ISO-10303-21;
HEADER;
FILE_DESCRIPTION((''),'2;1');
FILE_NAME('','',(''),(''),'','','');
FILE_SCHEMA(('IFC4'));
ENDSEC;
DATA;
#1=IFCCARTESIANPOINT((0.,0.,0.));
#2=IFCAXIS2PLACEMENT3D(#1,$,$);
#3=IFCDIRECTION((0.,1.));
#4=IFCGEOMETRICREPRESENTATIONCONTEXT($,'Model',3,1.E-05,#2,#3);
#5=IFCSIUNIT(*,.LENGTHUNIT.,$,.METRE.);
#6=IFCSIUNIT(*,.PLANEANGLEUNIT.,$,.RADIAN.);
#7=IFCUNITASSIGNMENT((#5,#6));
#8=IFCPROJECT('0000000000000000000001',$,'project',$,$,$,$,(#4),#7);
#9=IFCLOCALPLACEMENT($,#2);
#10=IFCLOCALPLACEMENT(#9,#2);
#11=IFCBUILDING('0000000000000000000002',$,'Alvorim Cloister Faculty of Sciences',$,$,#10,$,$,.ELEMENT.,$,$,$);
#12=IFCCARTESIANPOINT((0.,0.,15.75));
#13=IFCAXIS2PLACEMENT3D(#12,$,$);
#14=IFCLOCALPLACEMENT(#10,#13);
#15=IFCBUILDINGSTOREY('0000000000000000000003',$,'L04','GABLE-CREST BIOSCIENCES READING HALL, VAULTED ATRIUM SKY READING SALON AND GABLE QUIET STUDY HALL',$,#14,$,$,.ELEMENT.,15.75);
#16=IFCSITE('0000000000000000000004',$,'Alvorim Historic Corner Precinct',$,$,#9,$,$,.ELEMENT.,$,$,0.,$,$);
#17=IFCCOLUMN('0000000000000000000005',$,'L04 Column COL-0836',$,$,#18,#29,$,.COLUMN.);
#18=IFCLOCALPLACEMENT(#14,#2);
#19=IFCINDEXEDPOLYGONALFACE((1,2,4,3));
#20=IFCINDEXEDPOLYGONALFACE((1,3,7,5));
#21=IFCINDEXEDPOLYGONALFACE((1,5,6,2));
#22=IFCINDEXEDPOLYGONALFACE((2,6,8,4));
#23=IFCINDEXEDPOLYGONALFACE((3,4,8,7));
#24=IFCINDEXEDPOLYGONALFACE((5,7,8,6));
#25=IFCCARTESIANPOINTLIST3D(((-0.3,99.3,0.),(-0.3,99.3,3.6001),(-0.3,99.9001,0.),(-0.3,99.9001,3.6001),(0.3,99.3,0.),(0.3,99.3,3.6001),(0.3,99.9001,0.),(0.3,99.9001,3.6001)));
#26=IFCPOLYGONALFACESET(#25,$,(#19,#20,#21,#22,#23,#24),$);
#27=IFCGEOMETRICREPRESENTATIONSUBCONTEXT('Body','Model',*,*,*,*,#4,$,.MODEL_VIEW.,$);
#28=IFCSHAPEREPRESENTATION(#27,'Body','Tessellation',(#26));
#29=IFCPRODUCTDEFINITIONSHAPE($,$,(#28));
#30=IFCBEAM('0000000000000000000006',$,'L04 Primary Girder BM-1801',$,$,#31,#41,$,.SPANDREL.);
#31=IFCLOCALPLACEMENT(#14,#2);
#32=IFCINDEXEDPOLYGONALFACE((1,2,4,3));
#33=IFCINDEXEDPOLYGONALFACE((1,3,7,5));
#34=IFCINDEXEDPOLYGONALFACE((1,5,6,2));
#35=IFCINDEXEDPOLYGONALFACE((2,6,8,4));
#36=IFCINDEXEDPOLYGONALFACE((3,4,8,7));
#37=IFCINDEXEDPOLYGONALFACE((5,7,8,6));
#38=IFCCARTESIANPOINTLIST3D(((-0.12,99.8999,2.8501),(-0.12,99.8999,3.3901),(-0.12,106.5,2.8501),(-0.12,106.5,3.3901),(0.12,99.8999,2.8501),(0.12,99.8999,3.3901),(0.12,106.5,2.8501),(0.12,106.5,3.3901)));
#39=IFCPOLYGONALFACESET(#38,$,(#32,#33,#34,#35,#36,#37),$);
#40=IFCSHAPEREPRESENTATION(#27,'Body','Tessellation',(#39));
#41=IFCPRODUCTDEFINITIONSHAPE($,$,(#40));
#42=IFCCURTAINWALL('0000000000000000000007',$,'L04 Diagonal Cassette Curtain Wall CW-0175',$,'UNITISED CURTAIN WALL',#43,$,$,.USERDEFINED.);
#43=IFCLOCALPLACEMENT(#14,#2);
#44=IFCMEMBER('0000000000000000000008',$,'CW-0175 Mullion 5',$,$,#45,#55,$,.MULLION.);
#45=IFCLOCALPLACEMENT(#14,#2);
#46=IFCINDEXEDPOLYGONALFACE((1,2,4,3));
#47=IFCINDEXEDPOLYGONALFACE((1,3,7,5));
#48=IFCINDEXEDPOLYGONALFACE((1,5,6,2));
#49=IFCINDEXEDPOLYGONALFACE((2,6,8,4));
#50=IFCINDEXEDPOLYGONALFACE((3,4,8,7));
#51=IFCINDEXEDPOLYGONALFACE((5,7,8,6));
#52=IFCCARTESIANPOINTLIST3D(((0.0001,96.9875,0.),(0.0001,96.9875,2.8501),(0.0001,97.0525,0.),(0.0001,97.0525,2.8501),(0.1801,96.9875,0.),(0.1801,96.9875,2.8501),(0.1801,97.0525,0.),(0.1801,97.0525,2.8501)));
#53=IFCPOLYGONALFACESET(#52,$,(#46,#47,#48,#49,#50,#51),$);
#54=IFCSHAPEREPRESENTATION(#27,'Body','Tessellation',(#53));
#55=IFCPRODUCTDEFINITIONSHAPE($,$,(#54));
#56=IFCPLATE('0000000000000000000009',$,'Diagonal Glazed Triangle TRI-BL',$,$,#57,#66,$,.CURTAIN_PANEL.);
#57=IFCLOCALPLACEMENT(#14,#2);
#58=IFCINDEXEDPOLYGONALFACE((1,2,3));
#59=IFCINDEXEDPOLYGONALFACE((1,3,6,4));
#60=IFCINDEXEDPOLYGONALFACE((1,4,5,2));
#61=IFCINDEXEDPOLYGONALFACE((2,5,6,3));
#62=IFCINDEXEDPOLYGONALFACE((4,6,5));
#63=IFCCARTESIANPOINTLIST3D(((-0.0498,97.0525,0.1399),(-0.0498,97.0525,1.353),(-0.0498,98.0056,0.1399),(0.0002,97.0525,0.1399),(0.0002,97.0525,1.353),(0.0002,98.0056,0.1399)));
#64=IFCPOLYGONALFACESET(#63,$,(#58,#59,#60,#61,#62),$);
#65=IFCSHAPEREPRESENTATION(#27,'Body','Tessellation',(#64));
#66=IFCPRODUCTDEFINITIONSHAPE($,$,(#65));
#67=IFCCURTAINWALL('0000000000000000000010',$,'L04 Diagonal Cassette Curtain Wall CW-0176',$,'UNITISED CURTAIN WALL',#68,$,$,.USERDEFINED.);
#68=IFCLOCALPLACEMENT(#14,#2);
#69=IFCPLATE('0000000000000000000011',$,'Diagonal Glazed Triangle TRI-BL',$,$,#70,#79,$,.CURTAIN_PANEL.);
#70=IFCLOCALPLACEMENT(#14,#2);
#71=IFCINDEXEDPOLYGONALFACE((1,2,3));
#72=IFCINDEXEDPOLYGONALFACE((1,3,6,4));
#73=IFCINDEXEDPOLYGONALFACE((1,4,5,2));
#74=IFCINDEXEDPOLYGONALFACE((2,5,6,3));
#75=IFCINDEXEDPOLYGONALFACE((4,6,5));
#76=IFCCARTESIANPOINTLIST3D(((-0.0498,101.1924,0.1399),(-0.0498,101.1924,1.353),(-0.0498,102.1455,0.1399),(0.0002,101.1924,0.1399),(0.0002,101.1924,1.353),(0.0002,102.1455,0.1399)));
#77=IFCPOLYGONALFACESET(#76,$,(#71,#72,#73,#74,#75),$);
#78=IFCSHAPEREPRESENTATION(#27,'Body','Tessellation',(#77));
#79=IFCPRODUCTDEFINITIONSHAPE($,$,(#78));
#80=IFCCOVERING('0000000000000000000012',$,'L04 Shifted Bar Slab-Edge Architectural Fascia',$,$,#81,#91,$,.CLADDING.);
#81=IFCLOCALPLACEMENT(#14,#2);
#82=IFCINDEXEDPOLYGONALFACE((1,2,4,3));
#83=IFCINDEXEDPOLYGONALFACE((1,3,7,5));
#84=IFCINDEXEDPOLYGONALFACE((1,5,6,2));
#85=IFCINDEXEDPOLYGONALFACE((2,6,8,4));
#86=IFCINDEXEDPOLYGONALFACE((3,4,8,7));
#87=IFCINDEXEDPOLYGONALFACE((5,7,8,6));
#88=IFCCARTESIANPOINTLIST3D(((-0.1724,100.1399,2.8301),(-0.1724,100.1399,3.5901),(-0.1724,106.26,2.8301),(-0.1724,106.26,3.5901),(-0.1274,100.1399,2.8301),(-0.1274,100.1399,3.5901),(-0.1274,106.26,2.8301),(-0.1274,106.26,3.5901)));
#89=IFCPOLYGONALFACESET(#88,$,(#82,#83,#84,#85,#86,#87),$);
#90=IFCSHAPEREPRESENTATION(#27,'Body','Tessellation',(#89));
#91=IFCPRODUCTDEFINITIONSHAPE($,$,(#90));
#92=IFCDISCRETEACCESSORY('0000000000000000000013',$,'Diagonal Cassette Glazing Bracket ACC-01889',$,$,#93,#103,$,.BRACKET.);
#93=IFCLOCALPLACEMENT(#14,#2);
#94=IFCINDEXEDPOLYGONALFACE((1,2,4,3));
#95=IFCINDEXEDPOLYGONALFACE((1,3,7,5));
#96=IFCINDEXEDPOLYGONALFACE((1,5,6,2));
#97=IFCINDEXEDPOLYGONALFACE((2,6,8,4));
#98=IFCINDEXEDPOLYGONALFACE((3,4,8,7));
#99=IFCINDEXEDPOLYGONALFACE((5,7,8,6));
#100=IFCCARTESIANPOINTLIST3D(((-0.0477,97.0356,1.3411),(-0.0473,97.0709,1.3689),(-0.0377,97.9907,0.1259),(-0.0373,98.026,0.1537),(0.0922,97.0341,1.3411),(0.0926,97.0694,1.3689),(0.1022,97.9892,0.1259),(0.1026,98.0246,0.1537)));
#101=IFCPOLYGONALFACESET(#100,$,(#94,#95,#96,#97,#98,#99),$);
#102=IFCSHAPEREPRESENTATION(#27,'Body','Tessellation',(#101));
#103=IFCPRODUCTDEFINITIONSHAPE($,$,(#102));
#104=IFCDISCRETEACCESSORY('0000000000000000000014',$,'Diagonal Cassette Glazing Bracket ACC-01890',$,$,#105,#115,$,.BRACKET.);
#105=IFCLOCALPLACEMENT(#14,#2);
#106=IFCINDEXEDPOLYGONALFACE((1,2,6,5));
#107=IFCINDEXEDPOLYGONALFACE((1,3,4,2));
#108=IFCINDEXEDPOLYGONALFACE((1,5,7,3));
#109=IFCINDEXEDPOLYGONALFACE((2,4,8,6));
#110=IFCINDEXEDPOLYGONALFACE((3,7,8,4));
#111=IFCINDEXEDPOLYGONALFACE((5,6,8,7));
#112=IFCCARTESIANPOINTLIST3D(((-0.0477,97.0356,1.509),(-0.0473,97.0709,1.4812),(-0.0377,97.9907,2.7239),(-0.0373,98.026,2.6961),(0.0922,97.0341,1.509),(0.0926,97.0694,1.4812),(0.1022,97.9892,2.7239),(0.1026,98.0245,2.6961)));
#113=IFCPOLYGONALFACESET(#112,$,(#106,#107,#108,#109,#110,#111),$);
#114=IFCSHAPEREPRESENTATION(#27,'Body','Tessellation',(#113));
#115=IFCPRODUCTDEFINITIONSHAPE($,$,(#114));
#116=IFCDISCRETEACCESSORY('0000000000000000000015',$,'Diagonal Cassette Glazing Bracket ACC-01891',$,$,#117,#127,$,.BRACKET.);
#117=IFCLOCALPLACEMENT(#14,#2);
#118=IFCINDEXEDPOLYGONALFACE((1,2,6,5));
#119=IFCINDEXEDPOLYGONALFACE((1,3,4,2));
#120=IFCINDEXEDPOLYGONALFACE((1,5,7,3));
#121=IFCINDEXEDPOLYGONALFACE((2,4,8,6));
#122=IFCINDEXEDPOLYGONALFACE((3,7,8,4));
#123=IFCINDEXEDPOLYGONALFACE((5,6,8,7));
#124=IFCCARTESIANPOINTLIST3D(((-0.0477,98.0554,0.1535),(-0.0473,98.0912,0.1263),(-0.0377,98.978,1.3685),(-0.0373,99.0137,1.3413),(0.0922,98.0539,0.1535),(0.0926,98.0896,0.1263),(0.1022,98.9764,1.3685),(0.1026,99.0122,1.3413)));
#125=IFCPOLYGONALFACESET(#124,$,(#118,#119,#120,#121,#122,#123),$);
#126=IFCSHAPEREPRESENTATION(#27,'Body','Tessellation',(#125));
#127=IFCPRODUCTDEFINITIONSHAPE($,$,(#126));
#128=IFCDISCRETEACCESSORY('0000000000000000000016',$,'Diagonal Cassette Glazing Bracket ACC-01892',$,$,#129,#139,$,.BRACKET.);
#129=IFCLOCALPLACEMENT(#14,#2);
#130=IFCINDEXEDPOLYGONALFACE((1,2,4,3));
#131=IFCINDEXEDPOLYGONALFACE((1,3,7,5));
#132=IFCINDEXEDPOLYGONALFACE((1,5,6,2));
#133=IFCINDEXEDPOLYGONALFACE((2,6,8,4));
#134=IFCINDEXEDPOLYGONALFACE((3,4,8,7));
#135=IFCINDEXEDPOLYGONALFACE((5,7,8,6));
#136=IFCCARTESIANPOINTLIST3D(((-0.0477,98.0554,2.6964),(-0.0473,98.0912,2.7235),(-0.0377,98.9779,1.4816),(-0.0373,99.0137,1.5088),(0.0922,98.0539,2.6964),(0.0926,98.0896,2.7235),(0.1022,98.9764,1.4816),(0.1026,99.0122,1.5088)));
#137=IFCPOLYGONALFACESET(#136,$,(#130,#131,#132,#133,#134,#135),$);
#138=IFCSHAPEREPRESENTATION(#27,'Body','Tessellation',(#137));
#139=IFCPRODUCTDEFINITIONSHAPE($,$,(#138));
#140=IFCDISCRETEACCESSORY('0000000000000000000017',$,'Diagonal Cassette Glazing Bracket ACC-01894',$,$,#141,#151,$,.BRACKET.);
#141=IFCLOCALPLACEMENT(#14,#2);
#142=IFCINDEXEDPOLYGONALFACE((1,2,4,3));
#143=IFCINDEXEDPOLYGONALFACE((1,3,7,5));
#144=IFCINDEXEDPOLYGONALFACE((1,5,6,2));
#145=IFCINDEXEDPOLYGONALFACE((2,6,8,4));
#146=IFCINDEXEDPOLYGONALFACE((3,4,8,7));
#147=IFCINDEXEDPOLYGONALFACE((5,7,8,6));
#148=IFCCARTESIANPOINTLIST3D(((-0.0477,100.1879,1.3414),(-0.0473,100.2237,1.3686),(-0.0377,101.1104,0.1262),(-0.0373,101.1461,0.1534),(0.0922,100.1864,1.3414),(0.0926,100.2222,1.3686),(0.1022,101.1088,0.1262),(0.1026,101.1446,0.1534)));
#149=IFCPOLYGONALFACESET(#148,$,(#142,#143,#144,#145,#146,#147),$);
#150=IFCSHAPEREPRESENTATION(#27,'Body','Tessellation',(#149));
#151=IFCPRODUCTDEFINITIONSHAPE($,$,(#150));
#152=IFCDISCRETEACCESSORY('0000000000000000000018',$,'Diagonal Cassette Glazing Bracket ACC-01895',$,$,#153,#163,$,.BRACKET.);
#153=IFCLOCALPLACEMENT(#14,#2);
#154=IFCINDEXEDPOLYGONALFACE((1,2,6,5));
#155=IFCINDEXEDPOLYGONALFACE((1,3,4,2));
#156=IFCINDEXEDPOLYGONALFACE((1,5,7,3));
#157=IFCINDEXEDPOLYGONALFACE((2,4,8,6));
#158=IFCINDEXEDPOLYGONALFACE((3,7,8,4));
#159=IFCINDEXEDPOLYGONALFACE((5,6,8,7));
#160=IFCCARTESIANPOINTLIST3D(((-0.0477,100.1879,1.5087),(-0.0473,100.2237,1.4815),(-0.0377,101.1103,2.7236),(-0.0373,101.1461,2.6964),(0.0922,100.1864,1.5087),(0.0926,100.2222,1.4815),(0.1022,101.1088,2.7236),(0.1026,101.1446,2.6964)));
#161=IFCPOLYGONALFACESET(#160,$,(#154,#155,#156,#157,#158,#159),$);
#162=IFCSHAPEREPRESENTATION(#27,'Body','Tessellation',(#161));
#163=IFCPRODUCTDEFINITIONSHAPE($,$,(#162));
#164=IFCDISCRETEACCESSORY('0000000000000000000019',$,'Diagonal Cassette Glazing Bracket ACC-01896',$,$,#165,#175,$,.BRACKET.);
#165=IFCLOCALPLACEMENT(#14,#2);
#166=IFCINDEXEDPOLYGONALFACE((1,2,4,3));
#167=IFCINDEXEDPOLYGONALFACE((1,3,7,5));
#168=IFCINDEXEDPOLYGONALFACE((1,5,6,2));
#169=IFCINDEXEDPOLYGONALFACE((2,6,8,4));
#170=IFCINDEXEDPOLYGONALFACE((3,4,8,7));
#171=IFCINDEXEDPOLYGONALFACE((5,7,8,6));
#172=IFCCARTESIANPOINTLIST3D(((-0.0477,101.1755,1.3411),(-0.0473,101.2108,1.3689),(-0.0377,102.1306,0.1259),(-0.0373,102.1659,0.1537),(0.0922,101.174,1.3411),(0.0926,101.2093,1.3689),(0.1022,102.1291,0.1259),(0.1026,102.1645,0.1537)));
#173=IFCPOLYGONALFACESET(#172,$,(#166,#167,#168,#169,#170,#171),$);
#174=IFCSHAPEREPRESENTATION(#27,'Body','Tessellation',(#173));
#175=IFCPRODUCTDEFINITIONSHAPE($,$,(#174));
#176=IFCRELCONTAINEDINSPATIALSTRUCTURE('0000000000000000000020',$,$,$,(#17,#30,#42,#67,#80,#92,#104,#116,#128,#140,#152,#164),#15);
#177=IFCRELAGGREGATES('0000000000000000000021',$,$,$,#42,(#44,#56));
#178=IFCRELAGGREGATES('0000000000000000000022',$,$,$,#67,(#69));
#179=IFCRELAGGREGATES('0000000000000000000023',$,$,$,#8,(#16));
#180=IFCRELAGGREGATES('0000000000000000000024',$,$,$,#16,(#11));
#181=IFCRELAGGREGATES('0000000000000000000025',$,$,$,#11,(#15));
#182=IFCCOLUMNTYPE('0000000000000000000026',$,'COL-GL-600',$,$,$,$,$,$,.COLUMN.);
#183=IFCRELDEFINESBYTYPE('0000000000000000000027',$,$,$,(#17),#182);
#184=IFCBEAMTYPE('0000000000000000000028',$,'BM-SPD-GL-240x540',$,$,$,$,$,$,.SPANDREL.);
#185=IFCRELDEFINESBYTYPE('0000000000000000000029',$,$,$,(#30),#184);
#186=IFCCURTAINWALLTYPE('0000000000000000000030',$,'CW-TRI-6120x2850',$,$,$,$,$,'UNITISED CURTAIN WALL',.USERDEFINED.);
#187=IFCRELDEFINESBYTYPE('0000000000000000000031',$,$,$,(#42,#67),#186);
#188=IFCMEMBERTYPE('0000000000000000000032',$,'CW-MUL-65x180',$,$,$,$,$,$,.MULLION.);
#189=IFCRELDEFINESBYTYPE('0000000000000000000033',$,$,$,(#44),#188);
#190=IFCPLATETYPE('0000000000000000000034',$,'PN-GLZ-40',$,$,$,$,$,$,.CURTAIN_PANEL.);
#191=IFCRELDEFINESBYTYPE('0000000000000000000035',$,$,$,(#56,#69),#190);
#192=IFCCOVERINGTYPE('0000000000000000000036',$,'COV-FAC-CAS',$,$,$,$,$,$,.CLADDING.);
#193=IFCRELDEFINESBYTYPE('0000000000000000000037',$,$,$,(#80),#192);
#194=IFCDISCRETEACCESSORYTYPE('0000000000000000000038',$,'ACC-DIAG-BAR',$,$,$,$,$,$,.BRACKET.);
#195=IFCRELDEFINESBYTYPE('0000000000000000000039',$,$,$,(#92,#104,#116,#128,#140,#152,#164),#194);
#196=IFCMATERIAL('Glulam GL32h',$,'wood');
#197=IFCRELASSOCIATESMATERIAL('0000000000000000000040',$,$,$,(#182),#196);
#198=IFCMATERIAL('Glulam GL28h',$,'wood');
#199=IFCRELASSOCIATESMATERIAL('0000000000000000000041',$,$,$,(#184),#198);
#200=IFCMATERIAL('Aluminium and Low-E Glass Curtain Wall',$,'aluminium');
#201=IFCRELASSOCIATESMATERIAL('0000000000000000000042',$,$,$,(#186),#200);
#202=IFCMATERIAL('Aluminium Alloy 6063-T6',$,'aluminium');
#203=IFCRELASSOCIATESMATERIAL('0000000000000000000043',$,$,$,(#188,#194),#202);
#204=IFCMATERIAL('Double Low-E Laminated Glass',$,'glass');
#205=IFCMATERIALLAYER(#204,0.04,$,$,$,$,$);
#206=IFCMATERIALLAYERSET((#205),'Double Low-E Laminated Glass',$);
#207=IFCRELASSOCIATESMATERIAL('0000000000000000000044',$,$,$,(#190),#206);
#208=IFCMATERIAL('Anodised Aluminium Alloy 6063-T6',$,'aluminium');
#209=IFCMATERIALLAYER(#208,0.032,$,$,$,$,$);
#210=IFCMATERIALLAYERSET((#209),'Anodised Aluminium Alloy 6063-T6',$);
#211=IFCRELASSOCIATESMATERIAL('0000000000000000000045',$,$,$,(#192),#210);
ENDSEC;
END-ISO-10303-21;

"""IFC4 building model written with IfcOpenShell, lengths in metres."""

from ifc_helpers import new_model, si_unit, direction, frame, origin, origin_2d, place, context, subcontext, project, spatial, polyline, rectangle, outline, extrude, material, layer, layer_set, material_profile, profile_set, type_object, element, aggregate, save


model = new_model("IFC4")

# Units and contexts
model_context = context("Model", 3, precision=1e-05, world=origin(), true_north=direction((0.0, 1.0)))
body_context = subcontext(model_context, "Body", "Model", "MODEL_VIEW")
ifc_project = project(units=[si_unit("LENGTHUNIT", "METRE"), si_unit("PLANEANGLEUNIT", "RADIAN")], contexts=[model_context])

# Site, building, storey
site_placement = place(None, origin())
site = spatial("IfcSite", under=ifc_project, at=site_placement, Name="Alvorim Historic Corner Precinct", CompositionType="ELEMENT", RefElevation=0.0)
building_placement = place(site_placement, origin())
building = spatial("IfcBuilding", under=site, at=building_placement, Name="Alvorim Cloister Faculty of Sciences", CompositionType="ELEMENT")
storey_placement = place(building_placement, frame((0.0, 0.0, 15.75)))
storey = spatial("IfcBuildingStorey", under=building, at=storey_placement, Name="L04", Description="GABLE-CREST BIOSCIENCES READING HALL, VAULTED ATRIUM SKY READING SALON AND GABLE QUIET STUDY HALL", CompositionType="ELEMENT", Elevation=15.75)

# Column
ifc_material_1 = material(Name="Glulam GL32h", Category="wood")
ifc_material_profile_1 = material_profile(ifc_material_1, rectangle(XDim=0.6001, YDim=0.6001, at=origin_2d()), Name="GL32-COL-600x600")
ifc_profile_set_1 = profile_set([ifc_material_profile_1], Name="Glulam GL32h")
column_type = type_object("IfcColumnType", Name="COL-GL-600", PredefinedType="COLUMN", material=ifc_profile_set_1)
column_placement = place(storey_placement, frame((0.0, 99.6001, 0.0), z_axis=(0.0, 0.0, 1.0), x_axis=(1.0, 0.0, 0.0)))
element("IfcColumn", 1, at=column_placement, inside=storey, type_object=column_type, Name="L04 Column COL-0836", PredefinedType="COLUMN", context=body_context, shape_type="SweptSolid", body=[
    extrude(rectangle(XDim=0.6001, YDim=0.6001, at=origin_2d()), origin(), (0.0, 0.0, 1.0), 3.6001),
])

# Beam
ifc_material_2 = material(Name="Glulam GL28h", Category="wood")
ifc_material_profile_2 = material_profile(ifc_material_2, rectangle(XDim=0.24, YDim=0.54, at=origin_2d()), Name="GL28-SPD-240x540")
ifc_profile_set_2 = profile_set([ifc_material_profile_2], Name="Glulam GL28h")
beam_type = type_object("IfcBeamType", Name="BM-SPD-GL-240x540", PredefinedType="SPANDREL", material=ifc_profile_set_2)
beam_placement = place(storey_placement, frame((0.0, 99.8999, 3.1201), z_axis=(0.0, 1.0, 0.0), x_axis=(-1.0, 0.0, 0.0)))
element("IfcBeam", 2, at=beam_placement, inside=storey, type_object=beam_type, Name="L04 Primary Girder BM-1801", PredefinedType="SPANDREL", context=body_context, shape_type="SweptSolid", body=[
    extrude(rectangle(XDim=0.24, YDim=0.54, at=origin_2d()), origin(), (0.0, 0.0, 1.0), 6.6001),
])

# Curtain wall, member, plate
ifc_material_3 = material(Name="Aluminium and Low-E Glass Curtain Wall", Category="aluminium")
curtain_wall_type = type_object("IfcCurtainWallType", Name="CW-TRI-6120x2850", ElementType="UNITISED CURTAIN WALL", PredefinedType="USERDEFINED", material=ifc_material_3)
curtain_wall_1_placement = place(storey_placement, origin())
curtain_wall_1 = element("IfcCurtainWall", 3, at=curtain_wall_1_placement, inside=storey, type_object=curtain_wall_type, Name="L04 Diagonal Cassette Curtain Wall CW-0175", ObjectType="UNITISED CURTAIN WALL", PredefinedType="USERDEFINED")
ifc_material_4 = material(Name="Aluminium Alloy 6063-T6", Category="aluminium")
ifc_material_profile_3 = material_profile(ifc_material_4, rectangle(XDim=0.0649, YDim=0.1799, at=origin_2d()), Name="ALU-MUL-65x180")
ifc_profile_set_3 = profile_set([ifc_material_profile_3], Name="Aluminium Alloy 6063-T6")
member_type = type_object("IfcMemberType", Name="CW-MUL-65x180", PredefinedType="MULLION", material=ifc_profile_set_3)
member_placement = place(storey_placement, frame((0.0901, 97.02, 0.0), z_axis=(0.0, 0.0, 1.0), x_axis=(0.0, 1.0, 0.0)))
member = element("IfcMember", 4, at=member_placement, type_object=member_type, Name="CW-0175 Mullion 5", PredefinedType="MULLION", context=body_context, shape_type="SweptSolid", body=[
    extrude(rectangle(XDim=0.0649, YDim=0.1799, at=origin_2d()), origin(), (0.0, 0.0, 1.0), 2.8501),
])
ifc_material_5 = material(Name="Double Low-E Laminated Glass", Category="glass")
ifc_layer_1 = layer(ifc_material_5, 0.04)
ifc_layer_set_1 = layer_set([ifc_layer_1], Name="Double Low-E Laminated Glass")
plate_type = type_object("IfcPlateType", Name="PN-GLZ-40", PredefinedType="CURTAIN_PANEL", material=ifc_layer_set_1)
plate_1_placement = place(storey_placement, frame((-0.0249, 97.0525, 0.1399), z_axis=(0.0, 0.0, 1.0), x_axis=(0.0, 1.0, 0.0)))
plate_1 = element("IfcPlate", 5, at=plate_1_placement, type_object=plate_type, Name="Diagonal Glazed Triangle TRI-BL", PredefinedType="CURTAIN_PANEL", context=body_context, shape_type="SweptSolid", body=[
    extrude(outline(polyline([(0.0, 0.0), (0.9531, 0.0), (0.0, 1.2131), (0.0, 0.0)])), frame((0.0, 0.0249, 0.0), z_axis=(0.0, -1.0, 0.0), x_axis=(1.0, 0.0, 0.0)), (0.0, 0.0, 1.0), 0.05),
])
aggregate(curtain_wall_1, [member, plate_1])

# Curtain wall, plate
curtain_wall_2_placement = place(storey_placement, origin())
curtain_wall_2 = element("IfcCurtainWall", 6, at=curtain_wall_2_placement, inside=storey, type_object=curtain_wall_type, Name="L04 Diagonal Cassette Curtain Wall CW-0176", ObjectType="UNITISED CURTAIN WALL", PredefinedType="USERDEFINED")
plate_2_placement = place(storey_placement, frame((-0.0249, 101.1924, 0.1399), z_axis=(0.0, 0.0, 1.0), x_axis=(0.0, 1.0, 0.0)))
plate_2 = element("IfcPlate", 7, at=plate_2_placement, type_object=plate_type, Name="Diagonal Glazed Triangle TRI-BL", PredefinedType="CURTAIN_PANEL", context=body_context, shape_type="SweptSolid", body=[
    extrude(outline(polyline([(0.0, 0.0), (0.9531, 0.0), (0.0, 1.2131), (0.0, 0.0)])), frame((0.0, 0.0249, 0.0), z_axis=(0.0, -1.0, 0.0), x_axis=(1.0, 0.0, 0.0)), (0.0, 0.0, 1.0), 0.05),
])
aggregate(curtain_wall_2, [plate_2])

# Covering
ifc_material_6 = material(Name="Anodised Aluminium Alloy 6063-T6", Category="aluminium")
ifc_layer_2 = layer(ifc_material_6, 0.032)
ifc_layer_set_2 = layer_set([ifc_layer_2], Name="Anodised Aluminium Alloy 6063-T6")
covering_type = type_object("IfcCoveringType", Name="COV-FAC-CAS", PredefinedType="CLADDING", material=ifc_layer_set_2)
covering_placement = place(storey_placement, frame((-0.1499, 100.1399, 2.8301), z_axis=(0.0, 0.0, 1.0), x_axis=(0.0, 1.0, 0.0)))
element("IfcCovering", 8, at=covering_placement, inside=storey, type_object=covering_type, Name="L04 Shifted Bar Slab-Edge Architectural Fascia", PredefinedType="CLADDING", context=body_context, shape_type="SweptSolid", body=[
    extrude(outline(polyline([(0.0, 0.0), (6.1201, 0.0), (6.1201, 0.76), (0.0, 0.76), (0.0, 0.0)])), frame((0.0, 0.0225, 0.0), z_axis=(0.0, -1.0, 0.0), x_axis=(1.0, 0.0, 0.0)), (0.0, 0.0, 1.0), 0.0449),
])

# Discrete accessories
discrete_accessory_type = type_object("IfcDiscreteAccessoryType", Name="ACC-DIAG-BAR", PredefinedType="BRACKET", material=ifc_material_4)
discrete_accessory_1_placement = place(storey_placement, frame((0.0225, 97.0525, 1.355), z_axis=(0.006477, 0.617955, -0.786187), x_axis=(-0.999945, 0.01048, 0.0)))
element("IfcDiscreteAccessory", 9, at=discrete_accessory_1_placement, inside=storey, type_object=discrete_accessory_type, Name="Diagonal Cassette Glazing Bracket ACC-01889", PredefinedType="BRACKET", context=body_context, shape_type="SweptSolid", body=[
    extrude(rectangle(XDim=0.1399, YDim=0.0449, at=origin_2d()), origin(), (0.0, 0.0, 1.0), 1.5457),
])
discrete_accessory_2_placement = place(storey_placement, frame((0.0225, 97.0525, 1.4951), z_axis=(0.006477, 0.618032, 0.786126), x_axis=(-0.999945, 0.01048, 0.0)))
element("IfcDiscreteAccessory", 10, at=discrete_accessory_2_placement, inside=storey, type_object=discrete_accessory_type, Name="Diagonal Cassette Glazing Bracket ACC-01890", PredefinedType="BRACKET", context=body_context, shape_type="SweptSolid", body=[
    extrude(rectangle(XDim=0.1399, YDim=0.0449, at=origin_2d()), origin(), (0.0, 0.0, 1.0), 1.5454),
])
discrete_accessory_3_placement = place(storey_placement, frame((0.0225, 98.0725, 0.1399), z_axis=(0.006561, 0.604713, 0.796416), x_axis=(-0.999941, 0.010849, 0.0)))
element("IfcDiscreteAccessory", 11, at=discrete_accessory_3_placement, inside=storey, type_object=discrete_accessory_type, Name="Diagonal Cassette Glazing Bracket ACC-01891", PredefinedType="BRACKET", context=body_context, shape_type="SweptSolid", body=[
    extrude(rectangle(XDim=0.1399, YDim=0.0449, at=origin_2d()), origin(), (0.0, 0.0, 1.0), 1.5256),
])
discrete_accessory_4_placement = place(storey_placement, frame((0.0225, 98.0725, 2.71), z_axis=(0.006562, 0.60479, -0.796358), x_axis=(-0.999941, 0.010849, 0.0)))
element("IfcDiscreteAccessory", 12, at=discrete_accessory_4_placement, inside=storey, type_object=discrete_accessory_type, Name="Diagonal Cassette Glazing Bracket ACC-01892", PredefinedType="BRACKET", context=body_context, shape_type="SweptSolid", body=[
    extrude(rectangle(XDim=0.1399, YDim=0.0449, at=origin_2d()), origin(), (0.0, 0.0, 1.0), 1.5254),
])
discrete_accessory_5_placement = place(storey_placement, frame((0.0225, 100.2051, 1.355), z_axis=(0.006561, 0.604612, -0.796493), x_axis=(-0.999941, 0.010852, 0.0)))
element("IfcDiscreteAccessory", 13, at=discrete_accessory_5_placement, inside=storey, type_object=discrete_accessory_type, Name="Diagonal Cassette Glazing Bracket ACC-01894", PredefinedType="BRACKET", context=body_context, shape_type="SweptSolid", body=[
    extrude(rectangle(XDim=0.1399, YDim=0.0449, at=origin_2d()), origin(), (0.0, 0.0, 1.0), 1.5256),
])
discrete_accessory_6_placement = place(storey_placement, frame((0.0225, 100.2051, 1.4951), z_axis=(0.006562, 0.604689, 0.796435), x_axis=(-0.999941, 0.010852, 0.0)))
element("IfcDiscreteAccessory", 14, at=discrete_accessory_6_placement, inside=storey, type_object=discrete_accessory_type, Name="Diagonal Cassette Glazing Bracket ACC-01895", PredefinedType="BRACKET", context=body_context, shape_type="SweptSolid", body=[
    extrude(rectangle(XDim=0.1399, YDim=0.0449, at=origin_2d()), origin(), (0.0, 0.0, 1.0), 1.5254),
])
discrete_accessory_7_placement = place(storey_placement, frame((0.0225, 101.1924, 1.355), z_axis=(0.006477, 0.617955, -0.786187), x_axis=(-0.999945, 0.01048, 0.0)))
element("IfcDiscreteAccessory", 15, at=discrete_accessory_7_placement, inside=storey, type_object=discrete_accessory_type, Name="Diagonal Cassette Glazing Bracket ACC-01896", PredefinedType="BRACKET", context=body_context, shape_type="SweptSolid", body=[
    extrude(rectangle(XDim=0.1399, YDim=0.0449, at=origin_2d()), origin(), (0.0, 0.0, 1.0), 1.5457),
])

save(model, "model.ifc")
